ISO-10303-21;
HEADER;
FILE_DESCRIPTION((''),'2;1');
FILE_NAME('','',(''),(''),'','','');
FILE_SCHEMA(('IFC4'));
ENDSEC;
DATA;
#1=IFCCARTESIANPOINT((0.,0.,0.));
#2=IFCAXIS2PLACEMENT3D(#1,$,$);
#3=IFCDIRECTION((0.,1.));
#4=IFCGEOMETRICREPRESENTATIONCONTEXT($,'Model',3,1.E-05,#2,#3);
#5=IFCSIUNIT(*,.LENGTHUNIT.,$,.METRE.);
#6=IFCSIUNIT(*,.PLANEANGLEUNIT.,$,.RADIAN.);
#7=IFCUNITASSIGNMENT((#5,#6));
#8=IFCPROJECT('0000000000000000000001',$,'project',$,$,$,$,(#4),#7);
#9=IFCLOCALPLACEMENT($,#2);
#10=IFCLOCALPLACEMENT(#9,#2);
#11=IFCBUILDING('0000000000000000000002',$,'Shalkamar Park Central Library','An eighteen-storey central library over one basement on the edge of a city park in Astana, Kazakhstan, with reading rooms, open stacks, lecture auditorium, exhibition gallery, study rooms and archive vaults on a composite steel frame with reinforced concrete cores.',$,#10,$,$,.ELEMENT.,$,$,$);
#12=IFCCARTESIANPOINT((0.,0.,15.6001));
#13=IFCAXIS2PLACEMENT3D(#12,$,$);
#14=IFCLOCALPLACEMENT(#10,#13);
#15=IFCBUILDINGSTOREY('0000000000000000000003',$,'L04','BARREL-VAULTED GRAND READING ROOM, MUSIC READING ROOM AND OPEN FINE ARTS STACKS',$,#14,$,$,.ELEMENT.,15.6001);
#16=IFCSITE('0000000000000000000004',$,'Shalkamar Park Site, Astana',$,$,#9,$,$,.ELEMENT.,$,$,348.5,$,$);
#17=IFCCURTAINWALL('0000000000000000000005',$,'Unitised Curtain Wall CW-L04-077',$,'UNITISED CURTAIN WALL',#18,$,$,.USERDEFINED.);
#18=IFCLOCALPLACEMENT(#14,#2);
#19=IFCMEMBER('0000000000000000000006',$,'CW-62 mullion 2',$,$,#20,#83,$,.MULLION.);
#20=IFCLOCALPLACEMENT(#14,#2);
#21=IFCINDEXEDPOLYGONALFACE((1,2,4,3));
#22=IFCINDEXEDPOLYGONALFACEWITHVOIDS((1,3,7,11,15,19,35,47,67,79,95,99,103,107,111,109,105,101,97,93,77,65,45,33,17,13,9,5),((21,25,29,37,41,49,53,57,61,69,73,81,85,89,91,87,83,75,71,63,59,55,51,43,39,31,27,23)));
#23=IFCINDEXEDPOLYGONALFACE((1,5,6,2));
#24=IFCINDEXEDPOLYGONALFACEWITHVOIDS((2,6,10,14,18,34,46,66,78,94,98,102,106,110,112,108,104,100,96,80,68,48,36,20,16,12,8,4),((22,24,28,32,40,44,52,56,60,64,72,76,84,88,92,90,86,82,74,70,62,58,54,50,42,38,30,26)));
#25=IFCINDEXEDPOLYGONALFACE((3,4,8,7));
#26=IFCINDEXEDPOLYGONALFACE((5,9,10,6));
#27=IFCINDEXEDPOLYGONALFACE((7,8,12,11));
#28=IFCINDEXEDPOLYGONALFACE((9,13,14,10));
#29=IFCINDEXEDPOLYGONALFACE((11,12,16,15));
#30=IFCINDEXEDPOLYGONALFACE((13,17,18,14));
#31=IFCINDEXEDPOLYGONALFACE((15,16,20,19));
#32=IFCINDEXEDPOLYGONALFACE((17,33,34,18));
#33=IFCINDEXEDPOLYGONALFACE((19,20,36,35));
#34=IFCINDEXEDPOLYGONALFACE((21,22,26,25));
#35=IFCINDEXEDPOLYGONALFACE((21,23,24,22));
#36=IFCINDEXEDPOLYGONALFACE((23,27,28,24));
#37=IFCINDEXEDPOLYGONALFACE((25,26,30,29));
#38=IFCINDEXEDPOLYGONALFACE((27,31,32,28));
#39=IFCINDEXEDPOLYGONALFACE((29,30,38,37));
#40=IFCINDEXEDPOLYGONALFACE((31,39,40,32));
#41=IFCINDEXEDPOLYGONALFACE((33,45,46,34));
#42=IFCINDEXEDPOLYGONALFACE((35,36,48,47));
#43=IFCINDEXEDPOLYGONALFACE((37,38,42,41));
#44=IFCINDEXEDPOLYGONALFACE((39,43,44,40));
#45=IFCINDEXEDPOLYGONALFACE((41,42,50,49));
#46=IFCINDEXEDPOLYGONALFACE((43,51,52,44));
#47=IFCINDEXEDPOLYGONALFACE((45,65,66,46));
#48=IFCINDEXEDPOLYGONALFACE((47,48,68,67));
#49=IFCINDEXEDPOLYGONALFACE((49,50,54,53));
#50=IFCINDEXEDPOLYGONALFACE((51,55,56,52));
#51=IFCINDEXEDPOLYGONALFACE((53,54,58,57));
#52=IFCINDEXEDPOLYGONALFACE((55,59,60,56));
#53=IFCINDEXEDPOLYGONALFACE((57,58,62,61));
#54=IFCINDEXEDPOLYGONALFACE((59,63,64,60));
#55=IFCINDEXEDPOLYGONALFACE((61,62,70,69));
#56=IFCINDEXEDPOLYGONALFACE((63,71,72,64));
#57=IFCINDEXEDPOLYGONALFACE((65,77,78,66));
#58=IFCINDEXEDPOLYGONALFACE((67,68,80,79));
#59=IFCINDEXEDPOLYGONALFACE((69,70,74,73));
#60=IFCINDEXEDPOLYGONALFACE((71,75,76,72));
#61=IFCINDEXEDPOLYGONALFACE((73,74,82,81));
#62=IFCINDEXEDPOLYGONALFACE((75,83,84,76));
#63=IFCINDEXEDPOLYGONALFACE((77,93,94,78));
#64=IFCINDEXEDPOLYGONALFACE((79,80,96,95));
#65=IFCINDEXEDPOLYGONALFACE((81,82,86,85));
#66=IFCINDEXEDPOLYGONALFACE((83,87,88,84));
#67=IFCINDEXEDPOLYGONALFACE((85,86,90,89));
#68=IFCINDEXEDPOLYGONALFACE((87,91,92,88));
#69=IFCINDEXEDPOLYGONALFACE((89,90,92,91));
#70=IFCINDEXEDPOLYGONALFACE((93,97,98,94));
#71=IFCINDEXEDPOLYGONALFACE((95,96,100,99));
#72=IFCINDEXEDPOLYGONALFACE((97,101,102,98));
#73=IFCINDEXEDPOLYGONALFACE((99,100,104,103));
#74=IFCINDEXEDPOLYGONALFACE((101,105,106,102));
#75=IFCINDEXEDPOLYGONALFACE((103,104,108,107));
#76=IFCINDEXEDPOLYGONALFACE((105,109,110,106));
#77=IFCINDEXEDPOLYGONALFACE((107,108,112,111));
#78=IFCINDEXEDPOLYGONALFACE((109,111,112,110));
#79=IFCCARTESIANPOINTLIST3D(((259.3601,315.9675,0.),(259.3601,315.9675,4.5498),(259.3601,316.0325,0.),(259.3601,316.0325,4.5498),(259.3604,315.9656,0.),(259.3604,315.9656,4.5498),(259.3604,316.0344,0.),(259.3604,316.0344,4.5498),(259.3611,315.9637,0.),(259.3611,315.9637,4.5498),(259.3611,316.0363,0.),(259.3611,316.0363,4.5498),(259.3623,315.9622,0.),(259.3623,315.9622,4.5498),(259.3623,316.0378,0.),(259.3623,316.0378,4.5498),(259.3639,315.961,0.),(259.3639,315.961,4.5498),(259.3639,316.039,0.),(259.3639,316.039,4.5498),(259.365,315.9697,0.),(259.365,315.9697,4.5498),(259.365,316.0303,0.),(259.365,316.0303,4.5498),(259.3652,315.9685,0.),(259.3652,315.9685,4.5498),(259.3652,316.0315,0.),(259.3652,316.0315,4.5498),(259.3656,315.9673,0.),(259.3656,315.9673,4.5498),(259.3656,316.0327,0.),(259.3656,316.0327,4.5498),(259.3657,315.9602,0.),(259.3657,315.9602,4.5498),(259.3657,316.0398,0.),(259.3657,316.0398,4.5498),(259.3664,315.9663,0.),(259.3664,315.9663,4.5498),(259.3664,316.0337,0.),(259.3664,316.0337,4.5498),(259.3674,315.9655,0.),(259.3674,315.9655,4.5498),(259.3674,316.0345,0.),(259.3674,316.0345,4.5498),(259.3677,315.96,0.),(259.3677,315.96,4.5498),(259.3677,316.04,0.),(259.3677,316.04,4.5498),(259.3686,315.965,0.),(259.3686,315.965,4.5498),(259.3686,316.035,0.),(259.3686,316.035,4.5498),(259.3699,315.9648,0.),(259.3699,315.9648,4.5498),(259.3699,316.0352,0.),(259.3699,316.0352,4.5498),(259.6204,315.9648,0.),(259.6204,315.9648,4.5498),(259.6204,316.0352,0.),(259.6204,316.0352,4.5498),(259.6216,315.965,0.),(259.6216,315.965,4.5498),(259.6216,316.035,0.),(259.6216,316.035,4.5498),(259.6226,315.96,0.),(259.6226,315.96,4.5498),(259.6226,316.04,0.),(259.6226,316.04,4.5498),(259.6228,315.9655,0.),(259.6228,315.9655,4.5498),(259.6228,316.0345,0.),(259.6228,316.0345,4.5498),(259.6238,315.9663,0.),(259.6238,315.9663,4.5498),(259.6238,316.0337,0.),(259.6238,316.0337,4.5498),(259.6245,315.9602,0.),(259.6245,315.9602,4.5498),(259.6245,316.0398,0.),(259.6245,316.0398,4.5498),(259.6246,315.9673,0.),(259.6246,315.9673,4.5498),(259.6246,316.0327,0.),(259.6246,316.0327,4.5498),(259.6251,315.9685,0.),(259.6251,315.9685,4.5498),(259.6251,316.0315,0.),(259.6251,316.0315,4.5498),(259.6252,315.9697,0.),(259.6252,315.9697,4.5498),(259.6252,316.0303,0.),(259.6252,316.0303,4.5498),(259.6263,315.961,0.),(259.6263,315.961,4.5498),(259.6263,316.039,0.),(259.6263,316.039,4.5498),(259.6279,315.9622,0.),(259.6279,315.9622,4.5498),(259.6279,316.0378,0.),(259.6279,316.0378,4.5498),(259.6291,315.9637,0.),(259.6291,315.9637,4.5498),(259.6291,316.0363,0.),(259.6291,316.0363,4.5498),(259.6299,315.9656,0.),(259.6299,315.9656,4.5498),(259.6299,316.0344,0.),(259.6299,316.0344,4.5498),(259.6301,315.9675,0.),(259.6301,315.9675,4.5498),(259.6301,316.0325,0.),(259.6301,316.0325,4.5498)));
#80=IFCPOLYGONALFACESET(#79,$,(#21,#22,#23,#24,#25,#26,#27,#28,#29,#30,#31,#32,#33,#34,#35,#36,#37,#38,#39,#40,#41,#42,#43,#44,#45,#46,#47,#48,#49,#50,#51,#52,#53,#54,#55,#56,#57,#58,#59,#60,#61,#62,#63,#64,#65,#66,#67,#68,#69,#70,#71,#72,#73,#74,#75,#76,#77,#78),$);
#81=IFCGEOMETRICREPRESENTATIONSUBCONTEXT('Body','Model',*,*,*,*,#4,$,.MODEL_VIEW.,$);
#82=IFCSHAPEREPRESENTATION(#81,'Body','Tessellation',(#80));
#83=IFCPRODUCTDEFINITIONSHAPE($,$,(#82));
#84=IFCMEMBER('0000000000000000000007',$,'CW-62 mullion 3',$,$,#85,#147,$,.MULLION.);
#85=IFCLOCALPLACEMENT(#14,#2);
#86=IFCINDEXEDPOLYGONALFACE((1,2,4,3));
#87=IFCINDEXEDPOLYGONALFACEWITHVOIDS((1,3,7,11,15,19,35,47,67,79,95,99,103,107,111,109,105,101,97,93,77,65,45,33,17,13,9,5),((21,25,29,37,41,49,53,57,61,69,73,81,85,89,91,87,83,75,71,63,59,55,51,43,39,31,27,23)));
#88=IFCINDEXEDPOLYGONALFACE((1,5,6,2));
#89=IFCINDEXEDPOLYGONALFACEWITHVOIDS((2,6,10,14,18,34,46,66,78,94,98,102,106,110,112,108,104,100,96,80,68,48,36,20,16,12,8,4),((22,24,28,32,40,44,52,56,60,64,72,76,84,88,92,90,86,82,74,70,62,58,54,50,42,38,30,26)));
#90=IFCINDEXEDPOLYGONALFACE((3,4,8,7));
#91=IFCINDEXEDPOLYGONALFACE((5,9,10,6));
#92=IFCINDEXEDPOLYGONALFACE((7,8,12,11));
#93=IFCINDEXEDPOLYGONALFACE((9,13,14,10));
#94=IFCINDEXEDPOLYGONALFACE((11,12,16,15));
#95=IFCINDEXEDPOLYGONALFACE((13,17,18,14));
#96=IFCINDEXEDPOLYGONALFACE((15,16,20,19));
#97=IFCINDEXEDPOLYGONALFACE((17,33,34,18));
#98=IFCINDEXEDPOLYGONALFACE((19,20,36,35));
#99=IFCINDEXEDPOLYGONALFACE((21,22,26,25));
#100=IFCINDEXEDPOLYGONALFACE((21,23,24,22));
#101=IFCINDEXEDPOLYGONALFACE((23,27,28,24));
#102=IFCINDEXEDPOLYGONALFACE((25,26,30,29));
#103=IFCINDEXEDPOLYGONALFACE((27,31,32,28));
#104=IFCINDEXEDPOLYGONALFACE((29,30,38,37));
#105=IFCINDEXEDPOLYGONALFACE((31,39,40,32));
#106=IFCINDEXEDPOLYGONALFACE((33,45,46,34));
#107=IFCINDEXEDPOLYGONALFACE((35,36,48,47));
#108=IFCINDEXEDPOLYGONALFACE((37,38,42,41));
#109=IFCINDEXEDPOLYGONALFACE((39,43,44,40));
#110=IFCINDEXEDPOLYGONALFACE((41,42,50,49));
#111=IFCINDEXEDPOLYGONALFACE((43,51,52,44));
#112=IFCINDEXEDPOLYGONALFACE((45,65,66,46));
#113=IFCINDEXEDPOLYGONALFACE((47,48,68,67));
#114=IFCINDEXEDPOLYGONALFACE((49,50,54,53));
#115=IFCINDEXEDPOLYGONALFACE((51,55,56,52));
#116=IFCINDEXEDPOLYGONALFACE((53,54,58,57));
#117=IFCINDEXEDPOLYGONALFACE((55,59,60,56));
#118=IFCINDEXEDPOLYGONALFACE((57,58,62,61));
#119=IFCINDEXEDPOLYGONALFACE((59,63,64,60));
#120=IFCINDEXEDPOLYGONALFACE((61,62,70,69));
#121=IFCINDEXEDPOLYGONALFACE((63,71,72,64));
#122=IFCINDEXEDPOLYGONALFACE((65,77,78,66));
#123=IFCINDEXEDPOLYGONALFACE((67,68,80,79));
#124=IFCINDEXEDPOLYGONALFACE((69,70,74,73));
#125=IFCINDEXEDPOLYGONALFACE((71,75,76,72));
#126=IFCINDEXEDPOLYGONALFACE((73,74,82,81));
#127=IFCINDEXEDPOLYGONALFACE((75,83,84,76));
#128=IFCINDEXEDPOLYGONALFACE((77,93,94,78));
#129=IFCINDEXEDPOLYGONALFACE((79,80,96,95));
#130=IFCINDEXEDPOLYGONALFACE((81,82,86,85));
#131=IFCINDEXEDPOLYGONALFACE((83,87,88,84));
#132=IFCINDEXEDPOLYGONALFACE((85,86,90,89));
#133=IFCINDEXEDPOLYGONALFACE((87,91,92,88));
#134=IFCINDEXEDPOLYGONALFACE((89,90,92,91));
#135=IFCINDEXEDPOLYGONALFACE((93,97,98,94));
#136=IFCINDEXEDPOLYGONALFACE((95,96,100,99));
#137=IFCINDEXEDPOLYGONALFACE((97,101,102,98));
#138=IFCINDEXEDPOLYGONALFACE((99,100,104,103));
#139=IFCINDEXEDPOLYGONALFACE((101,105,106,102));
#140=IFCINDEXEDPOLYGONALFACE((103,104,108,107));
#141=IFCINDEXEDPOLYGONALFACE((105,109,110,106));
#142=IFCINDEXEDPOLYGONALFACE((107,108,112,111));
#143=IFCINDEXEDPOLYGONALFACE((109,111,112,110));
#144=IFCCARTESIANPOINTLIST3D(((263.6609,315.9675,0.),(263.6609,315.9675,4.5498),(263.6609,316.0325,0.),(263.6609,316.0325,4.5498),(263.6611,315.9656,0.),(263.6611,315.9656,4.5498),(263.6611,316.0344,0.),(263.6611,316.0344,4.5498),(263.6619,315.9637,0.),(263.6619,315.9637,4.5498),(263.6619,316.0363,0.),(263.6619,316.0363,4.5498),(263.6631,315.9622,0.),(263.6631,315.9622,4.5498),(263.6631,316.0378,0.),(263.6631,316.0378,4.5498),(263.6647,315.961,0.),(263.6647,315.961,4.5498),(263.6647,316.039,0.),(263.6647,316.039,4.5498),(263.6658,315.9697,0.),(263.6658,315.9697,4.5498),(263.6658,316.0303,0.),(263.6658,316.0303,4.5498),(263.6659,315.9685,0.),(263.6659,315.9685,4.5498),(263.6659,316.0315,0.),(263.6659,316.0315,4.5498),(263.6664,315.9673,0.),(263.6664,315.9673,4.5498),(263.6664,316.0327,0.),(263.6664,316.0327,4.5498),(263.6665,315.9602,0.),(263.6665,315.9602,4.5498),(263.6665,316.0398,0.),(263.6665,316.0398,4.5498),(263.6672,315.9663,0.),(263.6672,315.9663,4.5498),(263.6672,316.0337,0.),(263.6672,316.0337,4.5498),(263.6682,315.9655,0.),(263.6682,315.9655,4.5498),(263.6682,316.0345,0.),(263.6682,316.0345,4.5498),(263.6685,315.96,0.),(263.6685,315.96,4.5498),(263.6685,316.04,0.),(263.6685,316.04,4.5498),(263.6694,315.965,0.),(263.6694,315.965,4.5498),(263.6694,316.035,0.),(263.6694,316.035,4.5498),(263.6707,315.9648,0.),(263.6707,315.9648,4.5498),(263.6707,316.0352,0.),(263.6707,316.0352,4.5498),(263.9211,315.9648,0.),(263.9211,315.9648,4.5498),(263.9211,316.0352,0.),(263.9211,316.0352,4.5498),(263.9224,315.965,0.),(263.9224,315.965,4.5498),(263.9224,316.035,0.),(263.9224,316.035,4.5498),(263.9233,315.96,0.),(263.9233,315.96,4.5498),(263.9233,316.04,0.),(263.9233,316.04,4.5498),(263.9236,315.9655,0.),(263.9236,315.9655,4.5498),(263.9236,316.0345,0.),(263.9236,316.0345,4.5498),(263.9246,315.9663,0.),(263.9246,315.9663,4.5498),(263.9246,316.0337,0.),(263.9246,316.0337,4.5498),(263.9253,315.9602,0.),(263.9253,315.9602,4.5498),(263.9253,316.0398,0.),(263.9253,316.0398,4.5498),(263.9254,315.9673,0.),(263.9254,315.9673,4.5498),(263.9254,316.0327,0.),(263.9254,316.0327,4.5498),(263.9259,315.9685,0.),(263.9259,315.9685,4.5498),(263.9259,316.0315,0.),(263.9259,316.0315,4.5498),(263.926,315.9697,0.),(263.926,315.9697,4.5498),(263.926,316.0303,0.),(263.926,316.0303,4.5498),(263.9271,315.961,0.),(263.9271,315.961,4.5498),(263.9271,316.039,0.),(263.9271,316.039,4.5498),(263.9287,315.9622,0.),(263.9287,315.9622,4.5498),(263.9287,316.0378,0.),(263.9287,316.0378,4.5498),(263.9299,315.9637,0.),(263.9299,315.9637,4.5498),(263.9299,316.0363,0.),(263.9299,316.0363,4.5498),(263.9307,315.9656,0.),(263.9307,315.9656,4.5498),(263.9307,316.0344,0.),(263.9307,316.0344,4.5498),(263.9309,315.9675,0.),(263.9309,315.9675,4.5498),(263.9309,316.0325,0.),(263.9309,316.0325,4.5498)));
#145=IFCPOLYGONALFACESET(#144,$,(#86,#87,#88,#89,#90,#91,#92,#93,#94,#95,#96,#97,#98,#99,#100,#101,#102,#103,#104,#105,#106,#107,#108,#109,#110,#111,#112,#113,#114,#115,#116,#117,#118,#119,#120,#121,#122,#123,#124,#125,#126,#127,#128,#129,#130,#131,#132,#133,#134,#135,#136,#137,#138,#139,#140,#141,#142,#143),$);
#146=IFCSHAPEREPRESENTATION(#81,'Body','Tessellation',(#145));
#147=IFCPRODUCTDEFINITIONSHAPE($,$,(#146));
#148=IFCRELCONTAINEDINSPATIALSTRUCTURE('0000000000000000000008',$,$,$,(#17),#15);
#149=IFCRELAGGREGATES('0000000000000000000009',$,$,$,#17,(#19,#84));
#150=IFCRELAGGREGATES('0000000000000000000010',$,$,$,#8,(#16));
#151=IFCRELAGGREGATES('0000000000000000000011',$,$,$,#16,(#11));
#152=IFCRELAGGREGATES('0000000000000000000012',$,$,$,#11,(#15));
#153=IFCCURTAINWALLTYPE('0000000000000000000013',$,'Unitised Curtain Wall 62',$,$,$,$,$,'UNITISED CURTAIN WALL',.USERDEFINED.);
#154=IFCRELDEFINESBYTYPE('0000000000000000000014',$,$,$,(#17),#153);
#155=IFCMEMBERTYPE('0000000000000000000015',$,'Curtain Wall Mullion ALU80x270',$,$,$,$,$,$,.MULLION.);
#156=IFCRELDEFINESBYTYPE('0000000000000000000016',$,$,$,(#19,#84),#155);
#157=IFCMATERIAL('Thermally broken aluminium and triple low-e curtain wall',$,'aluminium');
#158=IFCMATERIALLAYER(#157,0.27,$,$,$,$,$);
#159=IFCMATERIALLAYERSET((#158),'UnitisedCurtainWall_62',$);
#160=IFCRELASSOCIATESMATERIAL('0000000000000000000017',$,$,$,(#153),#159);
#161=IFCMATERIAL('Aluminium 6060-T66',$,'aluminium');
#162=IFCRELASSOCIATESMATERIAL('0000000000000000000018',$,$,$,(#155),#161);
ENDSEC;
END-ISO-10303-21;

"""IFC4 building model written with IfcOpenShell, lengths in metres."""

from ifc_helpers import new_model, si_unit, direction, frame, origin, origin_2d, place, context, subcontext, project, spatial, hollow_rectangle, extrude, material, layer, layer_set, material_profile, profile_set, type_object, element, aggregate, save


model = new_model("IFC4")

# Units and contexts
model_context = context("Model", 3, precision=1e-05, world=origin(), true_north=direction((0.0, 1.0)))
body_context = subcontext(model_context, "Body", "Model", "MODEL_VIEW")
ifc_project = project(units=[si_unit("LENGTHUNIT", "METRE"), si_unit("PLANEANGLEUNIT", "RADIAN")], contexts=[model_context])

# Site, building, storey
site_placement = place(None, origin())
site = spatial("IfcSite", under=ifc_project, at=site_placement, Name="Shalkamar Park Site, Astana", CompositionType="ELEMENT", RefElevation=348.5)
building_placement = place(site_placement, origin())
building = spatial("IfcBuilding", under=site, at=building_placement, Name="Shalkamar Park Central Library", Description="An eighteen-storey central library over one basement on the edge of a city park in Astana, Kazakhstan, with reading rooms, open stacks, lecture auditorium, exhibition gallery, study rooms and archive vaults on a composite steel frame with reinforced concrete cores.", CompositionType="ELEMENT")
storey_placement = place(building_placement, frame((0.0, 0.0, 15.6001)))
storey = spatial("IfcBuildingStorey", under=building, at=storey_placement, Name="L04", Description="BARREL-VAULTED GRAND READING ROOM, MUSIC READING ROOM AND OPEN FINE ARTS STACKS", CompositionType="ELEMENT", Elevation=15.6001)

# Shared definitions
ifc_material_1 = material(Name="Thermally broken aluminium and triple low-e curtain wall", Category="aluminium")
ifc_material_2 = material(Name="Aluminium 6060-T66", Category="aluminium")

# Curtain wall, members
ifc_layer_1 = layer(ifc_material_1, 0.27)
ifc_layer_set_1 = layer_set([ifc_layer_1], Name="UnitisedCurtainWall_62")
curtain_wall_type_1 = type_object("IfcCurtainWallType", Name="Unitised Curtain Wall 62", ElementType="UNITISED CURTAIN WALL", PredefinedType="USERDEFINED", material=ifc_layer_set_1)
curtain_wall_1_placement = place(storey_placement, origin())
curtain_wall_1 = element("IfcCurtainWall", 1, at=curtain_wall_1_placement, inside=storey, type_object=curtain_wall_type_1, Name="Unitised Curtain Wall CW-L04-077", ObjectType="UNITISED CURTAIN WALL", PredefinedType="USERDEFINED")
ifc_material_profile_1 = material_profile(ifc_material_2, hollow_rectangle(XDim=0.0801, YDim=0.27, WallThickness=0.0049, InnerFilletRadius=0.0049, OuterFilletRadius=0.0076, at=origin_2d()), Name="ALU 80x270x5")
ifc_profile_set_1 = profile_set([ifc_material_profile_1], Name="Aluminium 6060-T66")
member_type_1 = type_object("IfcMemberType", Name="Curtain Wall Mullion ALU80x270", PredefinedType="MULLION", material=ifc_profile_set_1)
member_1_placement = place(storey_placement, frame((259.4951, 316.0, 0.0), z_axis=(0.0, 0.0, 1.0), x_axis=(0.0, 1.0, 0.0)))
member_1 = element("IfcMember", 2, at=member_1_placement, type_object=member_type_1, Name="CW-62 mullion 2", PredefinedType="MULLION", context=body_context, shape_type="SweptSolid", body=[
    extrude(hollow_rectangle(XDim=0.0801, YDim=0.27, WallThickness=0.0049, InnerFilletRadius=0.0049, OuterFilletRadius=0.0076, at=origin_2d()), origin(), (0.0, 0.0, 1.0), 4.5498),
])
member_2_placement = place(storey_placement, frame((263.7959, 316.0, 0.0), z_axis=(0.0, 0.0, 1.0), x_axis=(0.0, 1.0, 0.0)))
member_2 = element("IfcMember", 3, at=member_2_placement, type_object=member_type_1, Name="CW-62 mullion 3", PredefinedType="MULLION", context=body_context, shape_type="SweptSolid", body=[
    extrude(hollow_rectangle(XDim=0.0801, YDim=0.27, WallThickness=0.0049, InnerFilletRadius=0.0049, OuterFilletRadius=0.0076, at=origin_2d()), origin(), (0.0, 0.0, 1.0), 4.5498),
])

aggregate(curtain_wall_1, [member_1, member_2])

save(model, "model.ifc")
